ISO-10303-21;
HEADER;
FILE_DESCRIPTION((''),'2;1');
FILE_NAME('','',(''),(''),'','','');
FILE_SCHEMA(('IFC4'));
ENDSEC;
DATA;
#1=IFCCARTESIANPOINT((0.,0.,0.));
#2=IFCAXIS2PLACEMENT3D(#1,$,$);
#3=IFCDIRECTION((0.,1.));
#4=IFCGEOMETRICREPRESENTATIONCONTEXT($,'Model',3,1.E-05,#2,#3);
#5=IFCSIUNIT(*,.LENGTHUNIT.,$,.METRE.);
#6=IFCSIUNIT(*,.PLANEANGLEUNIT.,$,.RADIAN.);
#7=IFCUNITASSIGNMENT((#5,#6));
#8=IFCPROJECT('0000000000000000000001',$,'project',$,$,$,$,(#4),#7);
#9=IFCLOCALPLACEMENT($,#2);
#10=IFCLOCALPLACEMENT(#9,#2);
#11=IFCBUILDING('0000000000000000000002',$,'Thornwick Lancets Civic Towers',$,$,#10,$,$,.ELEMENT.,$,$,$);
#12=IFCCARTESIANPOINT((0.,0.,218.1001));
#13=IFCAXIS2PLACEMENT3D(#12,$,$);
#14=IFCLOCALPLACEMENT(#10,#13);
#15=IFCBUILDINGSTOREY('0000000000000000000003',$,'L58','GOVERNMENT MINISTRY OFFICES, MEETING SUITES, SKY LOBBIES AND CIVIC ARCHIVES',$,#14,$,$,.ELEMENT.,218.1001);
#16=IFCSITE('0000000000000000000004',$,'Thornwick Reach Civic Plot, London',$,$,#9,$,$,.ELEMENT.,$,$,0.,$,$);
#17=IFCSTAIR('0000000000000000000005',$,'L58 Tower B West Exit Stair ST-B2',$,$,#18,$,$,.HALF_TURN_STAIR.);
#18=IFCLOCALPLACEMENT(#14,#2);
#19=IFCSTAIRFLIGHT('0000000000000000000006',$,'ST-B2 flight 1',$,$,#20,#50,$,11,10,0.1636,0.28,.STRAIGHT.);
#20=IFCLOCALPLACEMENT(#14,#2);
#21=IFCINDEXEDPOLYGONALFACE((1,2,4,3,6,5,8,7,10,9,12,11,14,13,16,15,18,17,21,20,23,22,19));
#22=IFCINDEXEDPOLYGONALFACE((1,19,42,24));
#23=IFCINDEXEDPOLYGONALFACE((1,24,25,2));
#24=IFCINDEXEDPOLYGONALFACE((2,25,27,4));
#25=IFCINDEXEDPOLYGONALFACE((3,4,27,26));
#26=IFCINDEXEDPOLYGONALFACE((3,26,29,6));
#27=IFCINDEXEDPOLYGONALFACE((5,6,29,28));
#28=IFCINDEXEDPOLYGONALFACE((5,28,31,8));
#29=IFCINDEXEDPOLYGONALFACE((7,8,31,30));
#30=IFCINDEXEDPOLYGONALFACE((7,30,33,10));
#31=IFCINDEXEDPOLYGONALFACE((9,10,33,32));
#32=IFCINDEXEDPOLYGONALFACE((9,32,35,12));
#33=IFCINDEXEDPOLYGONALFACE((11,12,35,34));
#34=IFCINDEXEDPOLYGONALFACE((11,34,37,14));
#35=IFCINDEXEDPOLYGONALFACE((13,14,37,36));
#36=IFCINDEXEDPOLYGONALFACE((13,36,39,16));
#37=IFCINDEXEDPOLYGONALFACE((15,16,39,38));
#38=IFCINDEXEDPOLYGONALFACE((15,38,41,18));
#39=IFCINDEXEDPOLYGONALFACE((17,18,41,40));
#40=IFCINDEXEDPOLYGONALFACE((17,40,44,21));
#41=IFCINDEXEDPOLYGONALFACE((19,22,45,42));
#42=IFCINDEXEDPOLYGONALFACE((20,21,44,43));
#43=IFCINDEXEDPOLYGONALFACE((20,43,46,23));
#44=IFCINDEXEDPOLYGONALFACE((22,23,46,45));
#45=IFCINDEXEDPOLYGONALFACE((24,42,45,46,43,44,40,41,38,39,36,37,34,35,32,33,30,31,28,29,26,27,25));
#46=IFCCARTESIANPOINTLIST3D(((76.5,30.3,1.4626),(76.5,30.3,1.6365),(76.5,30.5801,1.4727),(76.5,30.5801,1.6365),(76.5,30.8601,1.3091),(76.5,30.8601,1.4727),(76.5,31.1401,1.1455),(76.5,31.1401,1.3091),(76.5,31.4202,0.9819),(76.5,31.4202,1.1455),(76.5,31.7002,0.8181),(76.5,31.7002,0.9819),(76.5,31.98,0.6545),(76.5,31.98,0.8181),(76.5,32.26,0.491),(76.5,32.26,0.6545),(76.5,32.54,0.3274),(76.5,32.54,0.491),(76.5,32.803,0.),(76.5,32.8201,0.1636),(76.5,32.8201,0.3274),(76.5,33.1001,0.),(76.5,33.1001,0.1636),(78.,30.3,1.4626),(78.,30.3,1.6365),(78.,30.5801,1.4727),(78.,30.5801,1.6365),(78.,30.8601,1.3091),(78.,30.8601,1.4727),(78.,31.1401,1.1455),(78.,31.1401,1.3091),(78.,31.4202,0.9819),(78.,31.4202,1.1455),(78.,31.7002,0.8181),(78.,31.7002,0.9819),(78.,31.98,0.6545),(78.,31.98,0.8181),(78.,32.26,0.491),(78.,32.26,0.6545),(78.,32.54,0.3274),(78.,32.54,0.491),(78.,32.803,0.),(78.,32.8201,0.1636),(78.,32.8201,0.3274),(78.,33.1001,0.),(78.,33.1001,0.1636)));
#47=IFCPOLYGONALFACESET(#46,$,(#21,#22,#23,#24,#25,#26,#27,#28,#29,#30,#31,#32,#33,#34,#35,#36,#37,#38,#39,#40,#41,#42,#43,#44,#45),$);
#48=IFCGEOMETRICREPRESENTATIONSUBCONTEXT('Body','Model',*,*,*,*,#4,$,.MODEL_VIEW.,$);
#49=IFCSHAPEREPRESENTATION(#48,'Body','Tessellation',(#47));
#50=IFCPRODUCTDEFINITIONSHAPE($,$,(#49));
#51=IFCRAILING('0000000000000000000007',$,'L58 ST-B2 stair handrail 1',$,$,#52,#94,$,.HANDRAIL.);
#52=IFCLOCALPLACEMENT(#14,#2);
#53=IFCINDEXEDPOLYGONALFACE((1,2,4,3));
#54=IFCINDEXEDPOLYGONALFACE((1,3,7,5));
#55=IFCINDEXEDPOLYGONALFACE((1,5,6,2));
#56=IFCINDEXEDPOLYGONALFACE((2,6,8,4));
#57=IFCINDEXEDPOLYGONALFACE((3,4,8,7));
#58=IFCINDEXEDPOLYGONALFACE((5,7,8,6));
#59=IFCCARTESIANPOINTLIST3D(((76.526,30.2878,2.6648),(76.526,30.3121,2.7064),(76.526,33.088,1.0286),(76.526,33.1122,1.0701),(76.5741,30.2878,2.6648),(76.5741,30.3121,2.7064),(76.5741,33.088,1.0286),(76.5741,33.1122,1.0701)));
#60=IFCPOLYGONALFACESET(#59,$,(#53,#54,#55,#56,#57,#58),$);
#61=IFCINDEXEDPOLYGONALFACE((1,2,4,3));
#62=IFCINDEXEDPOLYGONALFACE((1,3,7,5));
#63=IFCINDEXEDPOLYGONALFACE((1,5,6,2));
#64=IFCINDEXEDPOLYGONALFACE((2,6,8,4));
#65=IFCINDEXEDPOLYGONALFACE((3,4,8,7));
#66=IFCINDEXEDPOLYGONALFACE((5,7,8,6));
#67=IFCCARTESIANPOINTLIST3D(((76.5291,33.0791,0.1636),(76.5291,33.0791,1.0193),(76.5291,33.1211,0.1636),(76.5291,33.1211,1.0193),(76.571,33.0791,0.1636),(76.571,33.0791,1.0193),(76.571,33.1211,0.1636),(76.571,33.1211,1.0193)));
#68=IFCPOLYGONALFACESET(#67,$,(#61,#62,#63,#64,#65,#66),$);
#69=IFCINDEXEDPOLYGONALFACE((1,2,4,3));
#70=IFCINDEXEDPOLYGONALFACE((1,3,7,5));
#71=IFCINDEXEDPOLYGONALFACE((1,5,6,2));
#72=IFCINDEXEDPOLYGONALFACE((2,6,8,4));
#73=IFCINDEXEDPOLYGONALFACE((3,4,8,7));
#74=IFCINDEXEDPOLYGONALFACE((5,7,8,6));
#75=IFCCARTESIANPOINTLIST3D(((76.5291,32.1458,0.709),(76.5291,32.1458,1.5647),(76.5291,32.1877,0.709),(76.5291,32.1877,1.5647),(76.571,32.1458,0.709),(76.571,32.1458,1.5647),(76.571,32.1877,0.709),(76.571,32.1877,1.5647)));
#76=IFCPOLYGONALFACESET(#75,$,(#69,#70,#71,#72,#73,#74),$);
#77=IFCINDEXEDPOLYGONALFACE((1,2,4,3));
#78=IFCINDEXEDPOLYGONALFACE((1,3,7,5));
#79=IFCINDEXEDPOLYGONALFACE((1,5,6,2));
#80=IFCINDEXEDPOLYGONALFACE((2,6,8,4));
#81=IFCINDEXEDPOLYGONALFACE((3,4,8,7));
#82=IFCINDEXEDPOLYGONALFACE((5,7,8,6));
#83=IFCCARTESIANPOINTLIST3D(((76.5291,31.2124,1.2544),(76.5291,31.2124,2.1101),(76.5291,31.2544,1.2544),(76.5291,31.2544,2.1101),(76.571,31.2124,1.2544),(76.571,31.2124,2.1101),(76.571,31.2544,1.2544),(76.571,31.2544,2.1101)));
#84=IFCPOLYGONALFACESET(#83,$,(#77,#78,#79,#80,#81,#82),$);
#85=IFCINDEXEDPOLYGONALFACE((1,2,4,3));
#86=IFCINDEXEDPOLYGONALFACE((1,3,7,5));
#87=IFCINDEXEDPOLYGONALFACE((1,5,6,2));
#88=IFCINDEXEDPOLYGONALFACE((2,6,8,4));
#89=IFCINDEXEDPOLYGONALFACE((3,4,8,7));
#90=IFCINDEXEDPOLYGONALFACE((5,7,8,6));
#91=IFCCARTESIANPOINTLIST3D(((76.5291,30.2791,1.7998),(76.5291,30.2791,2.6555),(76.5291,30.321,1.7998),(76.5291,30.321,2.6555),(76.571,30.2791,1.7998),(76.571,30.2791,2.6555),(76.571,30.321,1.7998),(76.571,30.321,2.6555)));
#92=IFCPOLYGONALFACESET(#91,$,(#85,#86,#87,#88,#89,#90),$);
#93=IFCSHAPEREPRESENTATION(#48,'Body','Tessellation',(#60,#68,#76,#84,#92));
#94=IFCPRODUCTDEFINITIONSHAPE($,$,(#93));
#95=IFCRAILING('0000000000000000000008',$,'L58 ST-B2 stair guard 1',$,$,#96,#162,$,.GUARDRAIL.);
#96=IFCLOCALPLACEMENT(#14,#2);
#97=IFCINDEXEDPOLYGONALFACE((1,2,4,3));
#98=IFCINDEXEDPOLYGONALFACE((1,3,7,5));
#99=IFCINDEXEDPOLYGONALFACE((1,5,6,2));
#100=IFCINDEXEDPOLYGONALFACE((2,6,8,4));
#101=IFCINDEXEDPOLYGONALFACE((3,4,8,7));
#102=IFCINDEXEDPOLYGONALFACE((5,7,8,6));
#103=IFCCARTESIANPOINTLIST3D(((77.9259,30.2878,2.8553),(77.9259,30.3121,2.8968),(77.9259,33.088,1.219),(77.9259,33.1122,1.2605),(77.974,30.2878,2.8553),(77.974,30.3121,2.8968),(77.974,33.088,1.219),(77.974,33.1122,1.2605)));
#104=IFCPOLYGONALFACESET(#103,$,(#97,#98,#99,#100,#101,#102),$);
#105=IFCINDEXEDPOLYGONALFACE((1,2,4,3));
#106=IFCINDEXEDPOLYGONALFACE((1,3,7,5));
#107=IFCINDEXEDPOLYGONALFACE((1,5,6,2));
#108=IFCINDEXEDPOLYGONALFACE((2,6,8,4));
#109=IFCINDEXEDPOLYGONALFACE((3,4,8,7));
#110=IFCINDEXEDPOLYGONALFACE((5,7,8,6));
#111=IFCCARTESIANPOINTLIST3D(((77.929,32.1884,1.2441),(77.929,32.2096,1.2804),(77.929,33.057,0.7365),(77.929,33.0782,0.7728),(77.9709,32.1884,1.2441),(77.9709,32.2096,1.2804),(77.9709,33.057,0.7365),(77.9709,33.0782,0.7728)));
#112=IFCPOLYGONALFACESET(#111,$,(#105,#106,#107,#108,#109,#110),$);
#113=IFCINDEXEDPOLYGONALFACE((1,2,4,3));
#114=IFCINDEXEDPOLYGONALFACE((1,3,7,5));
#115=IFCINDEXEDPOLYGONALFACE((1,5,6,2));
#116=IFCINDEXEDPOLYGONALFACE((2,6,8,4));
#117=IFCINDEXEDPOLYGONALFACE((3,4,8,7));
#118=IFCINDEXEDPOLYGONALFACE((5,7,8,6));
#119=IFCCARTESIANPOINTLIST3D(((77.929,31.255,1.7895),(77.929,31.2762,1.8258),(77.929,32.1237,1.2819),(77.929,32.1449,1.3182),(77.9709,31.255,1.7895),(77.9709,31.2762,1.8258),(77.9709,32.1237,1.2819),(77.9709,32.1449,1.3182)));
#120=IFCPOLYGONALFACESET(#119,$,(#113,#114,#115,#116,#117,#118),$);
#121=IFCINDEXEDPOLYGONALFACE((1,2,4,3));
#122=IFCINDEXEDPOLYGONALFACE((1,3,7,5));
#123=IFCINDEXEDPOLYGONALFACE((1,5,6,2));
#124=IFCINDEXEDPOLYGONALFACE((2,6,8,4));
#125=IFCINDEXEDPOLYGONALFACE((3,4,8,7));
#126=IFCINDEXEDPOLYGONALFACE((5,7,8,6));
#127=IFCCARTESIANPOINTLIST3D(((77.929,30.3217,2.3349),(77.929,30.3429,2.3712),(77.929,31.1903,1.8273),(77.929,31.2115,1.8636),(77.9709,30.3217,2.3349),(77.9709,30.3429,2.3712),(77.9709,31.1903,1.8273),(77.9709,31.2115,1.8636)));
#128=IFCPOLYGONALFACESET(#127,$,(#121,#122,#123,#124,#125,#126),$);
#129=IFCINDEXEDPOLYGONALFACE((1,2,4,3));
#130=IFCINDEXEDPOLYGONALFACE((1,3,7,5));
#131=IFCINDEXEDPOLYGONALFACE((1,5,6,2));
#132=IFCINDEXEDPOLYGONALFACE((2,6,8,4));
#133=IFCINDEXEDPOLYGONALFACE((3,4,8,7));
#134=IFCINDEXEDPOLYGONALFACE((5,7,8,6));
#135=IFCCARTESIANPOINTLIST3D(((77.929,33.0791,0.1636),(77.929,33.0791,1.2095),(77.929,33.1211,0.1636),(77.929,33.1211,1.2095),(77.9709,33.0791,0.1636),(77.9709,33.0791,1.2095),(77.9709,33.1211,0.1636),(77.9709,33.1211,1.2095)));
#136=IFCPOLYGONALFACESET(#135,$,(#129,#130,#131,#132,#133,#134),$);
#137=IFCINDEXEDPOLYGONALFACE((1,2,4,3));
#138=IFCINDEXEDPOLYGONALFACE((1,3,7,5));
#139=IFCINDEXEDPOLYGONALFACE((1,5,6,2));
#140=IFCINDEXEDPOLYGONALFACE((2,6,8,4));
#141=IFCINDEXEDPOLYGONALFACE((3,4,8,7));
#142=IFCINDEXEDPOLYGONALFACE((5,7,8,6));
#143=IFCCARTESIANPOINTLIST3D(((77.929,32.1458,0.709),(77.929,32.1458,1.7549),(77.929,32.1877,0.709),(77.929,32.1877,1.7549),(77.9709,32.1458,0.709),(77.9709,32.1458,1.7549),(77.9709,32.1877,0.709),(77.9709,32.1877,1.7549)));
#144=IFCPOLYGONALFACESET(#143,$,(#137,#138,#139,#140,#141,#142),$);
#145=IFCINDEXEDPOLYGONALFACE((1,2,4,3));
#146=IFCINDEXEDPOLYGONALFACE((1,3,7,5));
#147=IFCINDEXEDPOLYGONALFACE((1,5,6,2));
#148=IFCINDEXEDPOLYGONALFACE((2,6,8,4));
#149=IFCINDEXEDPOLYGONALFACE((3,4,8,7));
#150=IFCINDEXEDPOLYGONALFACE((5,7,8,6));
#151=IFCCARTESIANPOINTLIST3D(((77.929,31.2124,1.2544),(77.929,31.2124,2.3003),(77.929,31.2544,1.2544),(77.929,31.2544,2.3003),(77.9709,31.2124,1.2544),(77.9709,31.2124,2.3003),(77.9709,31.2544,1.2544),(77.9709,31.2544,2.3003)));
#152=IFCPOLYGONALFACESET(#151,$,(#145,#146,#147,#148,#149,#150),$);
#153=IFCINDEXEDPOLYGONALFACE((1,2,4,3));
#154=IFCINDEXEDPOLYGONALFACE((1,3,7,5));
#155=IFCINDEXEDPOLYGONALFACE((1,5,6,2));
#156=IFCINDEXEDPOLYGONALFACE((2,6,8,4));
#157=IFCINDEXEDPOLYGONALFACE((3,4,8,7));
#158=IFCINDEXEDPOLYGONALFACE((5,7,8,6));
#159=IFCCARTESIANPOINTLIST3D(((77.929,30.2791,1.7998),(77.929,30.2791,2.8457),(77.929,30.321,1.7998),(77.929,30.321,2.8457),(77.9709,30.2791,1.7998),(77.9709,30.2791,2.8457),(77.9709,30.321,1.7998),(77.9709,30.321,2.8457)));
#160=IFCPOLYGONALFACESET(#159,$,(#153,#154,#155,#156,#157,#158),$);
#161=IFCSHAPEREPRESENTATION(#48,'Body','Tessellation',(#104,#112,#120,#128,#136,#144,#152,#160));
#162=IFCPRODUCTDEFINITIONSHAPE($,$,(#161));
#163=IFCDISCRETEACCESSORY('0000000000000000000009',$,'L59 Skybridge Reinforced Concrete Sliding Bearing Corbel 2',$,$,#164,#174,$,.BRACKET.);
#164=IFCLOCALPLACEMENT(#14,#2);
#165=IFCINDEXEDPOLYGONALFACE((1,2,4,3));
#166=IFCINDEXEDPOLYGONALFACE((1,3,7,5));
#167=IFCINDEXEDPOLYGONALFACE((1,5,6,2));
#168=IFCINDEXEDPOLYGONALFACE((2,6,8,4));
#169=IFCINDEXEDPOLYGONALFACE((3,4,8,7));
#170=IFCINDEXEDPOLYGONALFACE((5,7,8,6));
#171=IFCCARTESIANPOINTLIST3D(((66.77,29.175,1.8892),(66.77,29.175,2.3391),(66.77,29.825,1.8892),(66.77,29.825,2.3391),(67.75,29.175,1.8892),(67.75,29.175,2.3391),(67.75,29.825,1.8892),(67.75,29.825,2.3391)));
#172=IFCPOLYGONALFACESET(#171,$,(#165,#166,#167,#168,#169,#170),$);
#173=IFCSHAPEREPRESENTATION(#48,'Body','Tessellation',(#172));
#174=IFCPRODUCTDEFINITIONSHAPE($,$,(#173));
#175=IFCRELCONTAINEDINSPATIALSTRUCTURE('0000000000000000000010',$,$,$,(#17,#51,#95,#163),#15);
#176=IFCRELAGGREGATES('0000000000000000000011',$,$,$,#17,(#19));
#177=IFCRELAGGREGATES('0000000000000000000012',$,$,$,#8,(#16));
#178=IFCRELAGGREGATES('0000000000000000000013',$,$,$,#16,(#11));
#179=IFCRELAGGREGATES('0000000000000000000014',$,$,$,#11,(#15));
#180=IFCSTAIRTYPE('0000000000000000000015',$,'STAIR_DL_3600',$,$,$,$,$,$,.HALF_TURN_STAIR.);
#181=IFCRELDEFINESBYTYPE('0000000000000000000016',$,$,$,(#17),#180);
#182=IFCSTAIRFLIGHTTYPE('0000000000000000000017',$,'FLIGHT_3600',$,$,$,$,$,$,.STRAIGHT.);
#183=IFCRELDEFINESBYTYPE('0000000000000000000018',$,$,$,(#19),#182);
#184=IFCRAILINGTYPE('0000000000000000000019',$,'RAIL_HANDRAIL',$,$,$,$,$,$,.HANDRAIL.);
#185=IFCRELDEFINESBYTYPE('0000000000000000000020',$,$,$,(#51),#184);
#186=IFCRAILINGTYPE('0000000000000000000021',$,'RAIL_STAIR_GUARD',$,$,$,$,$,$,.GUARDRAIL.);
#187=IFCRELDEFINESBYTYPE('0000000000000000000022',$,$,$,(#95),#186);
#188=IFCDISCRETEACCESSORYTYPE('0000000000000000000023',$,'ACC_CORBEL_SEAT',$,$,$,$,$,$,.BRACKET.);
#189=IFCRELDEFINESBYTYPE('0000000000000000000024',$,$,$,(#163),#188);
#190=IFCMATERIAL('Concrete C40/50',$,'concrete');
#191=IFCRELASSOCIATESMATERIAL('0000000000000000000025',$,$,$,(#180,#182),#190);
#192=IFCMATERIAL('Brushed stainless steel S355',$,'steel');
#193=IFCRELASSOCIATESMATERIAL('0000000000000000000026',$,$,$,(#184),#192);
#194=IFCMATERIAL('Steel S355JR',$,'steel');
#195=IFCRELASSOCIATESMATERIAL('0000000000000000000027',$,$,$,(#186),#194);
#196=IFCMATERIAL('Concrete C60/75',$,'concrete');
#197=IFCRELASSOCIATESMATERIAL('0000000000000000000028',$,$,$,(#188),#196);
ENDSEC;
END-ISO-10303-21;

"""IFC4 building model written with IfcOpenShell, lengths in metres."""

from ifc_helpers import new_model, si_unit, direction, frame, origin, origin_2d, place, context, subcontext, project, spatial, polyline, rectangle, outline, extrude, material, type_object, element, aggregate, save


model = new_model("IFC4")

# Units and contexts
model_context = context("Model", 3, precision=1e-05, world=origin(), true_north=direction((0.0, 1.0)))
body_context = subcontext(model_context, "Body", "Model", "MODEL_VIEW")
ifc_project = project(units=[si_unit("LENGTHUNIT", "METRE"), si_unit("PLANEANGLEUNIT", "RADIAN")], contexts=[model_context])

# Site, building, storey
site_placement = place(None, origin())
site = spatial("IfcSite", under=ifc_project, at=site_placement, Name="Thornwick Reach Civic Plot, London", CompositionType="ELEMENT", RefElevation=0.0)
building_placement = place(site_placement, origin())
building = spatial("IfcBuilding", under=site, at=building_placement, Name="Thornwick Lancets Civic Towers", CompositionType="ELEMENT")
storey_placement = place(building_placement, frame((0.0, 0.0, 218.1001)))
storey = spatial("IfcBuildingStorey", under=building, at=storey_placement, Name="L58", Description="GOVERNMENT MINISTRY OFFICES, MEETING SUITES, SKY LOBBIES AND CIVIC ARCHIVES", CompositionType="ELEMENT", Elevation=218.1001)

# Shared definitions
ifc_material_1 = material(Name="Steel S355JR", Category="steel")

# Shared definitions
ifc_material_2 = material(Name="Concrete C60/75", Category="concrete")
ifc_material_3 = material(Name="Concrete C40/50", Category="concrete")

# Stair, stair flight
stair_type = type_object("IfcStairType", Name="STAIR_DL_3600", PredefinedType="HALF_TURN_STAIR", material=ifc_material_3)
stair_placement = place(storey_placement, origin())
stair = element("IfcStair", 1, at=stair_placement, inside=storey, type_object=stair_type, Name="L58 Tower B West Exit Stair ST-B2", PredefinedType="HALF_TURN_STAIR")
stair_flight_type = type_object("IfcStairFlightType", Name="FLIGHT_3600", PredefinedType="STRAIGHT", material=ifc_material_3)
stair_flight_placement = place(storey_placement, frame((77.25, 33.1001, 0.0), z_axis=(0.0, 0.0, 1.0), x_axis=(0.0, -1.0, 0.0)))
stair_flight = element("IfcStairFlight", 2, at=stair_flight_placement, type_object=stair_flight_type, Name="ST-B2 flight 1", NumberOfRisers=11, NumberOfTreads=10, PredefinedType="STRAIGHT", RiserHeight=0.1636, TreadLength=0.28, context=body_context, shape_type="SweptSolid", body=[
    extrude(outline(polyline([(0.0, 0.0), (0.0, 0.1636), (0.28, 0.1636), (0.28, 0.3274), (0.5601, 0.3274), (0.5601, 0.491), (0.8401, 0.491), (0.8401, 0.6545), (1.1201, 0.6545), (1.1201, 0.8181), (1.3999, 0.8181), (1.3999, 0.9819), (1.6799, 0.9819), (1.6799, 1.1455), (1.96, 1.1455), (1.96, 1.3091), (2.24, 1.3091), (2.24, 1.4727), (2.52, 1.4727), (2.52, 1.6365), (2.8, 1.6365), (2.8, 1.8), (2.8, 1.4626), (0.2971, 0.0), (0.0, 0.0)])), frame((0.0, 0.75, 0.0), z_axis=(0.0, -1.0, 0.0), x_axis=(1.0, 0.0, 0.0)), (0.0, 0.0, 1.0), 1.5),
])
aggregate(stair, [stair_flight])

# Railings
ifc_material_4 = material(Name="Brushed stainless steel S355", Category="steel")
railing_type_1 = type_object("IfcRailingType", Name="RAIL_HANDRAIL", PredefinedType="HANDRAIL", material=ifc_material_4)
railing_1_placement = place(storey_placement, frame((76.55, 33.1001, 0.1636)))
element("IfcRailing", 3, at=railing_1_placement, inside=storey, type_object=railing_type_1, Name="L58 ST-B2 stair handrail 1", PredefinedType="HANDRAIL", context=body_context, shape_type="SweptSolid", body=[
    extrude(rectangle(XDim=0.0481, YDim=0.0481, at=origin_2d()), frame((0.0, 0.0, 0.8857), z_axis=(0.0, -0.863394, 0.504531), x_axis=(1.0, 0.0, 0.0)), (0.0, 0.0, 1.0), 3.2432),
    extrude(rectangle(XDim=0.042, YDim=0.042, at=origin_2d()), origin(), (0.0, 0.0, 1.0), 0.8557),
    extrude(rectangle(XDim=0.042, YDim=0.042, at=origin_2d()), frame((0.0, -0.9333, 0.5454)), (0.0, 0.0, 1.0), 0.8557),
    extrude(rectangle(XDim=0.042, YDim=0.042, at=origin_2d()), frame((0.0, -1.8667, 1.0908)), (0.0, 0.0, 1.0), 0.8557),
    extrude(rectangle(XDim=0.042, YDim=0.042, at=origin_2d()), frame((0.0, -2.8, 1.6362)), (0.0, 0.0, 1.0), 0.8557),
])
railing_type_2 = type_object("IfcRailingType", Name="RAIL_STAIR_GUARD", PredefinedType="GUARDRAIL", material=ifc_material_1)
railing_2_placement = place(storey_placement, frame((77.95, 33.1001, 0.1636)))
element("IfcRailing", 4, at=railing_2_placement, inside=storey, type_object=railing_type_2, Name="L58 ST-B2 stair guard 1", PredefinedType="GUARDRAIL", context=body_context, shape_type="SweptSolid", body=[
    extrude(rectangle(XDim=0.0481, YDim=0.0481, at=origin_2d()), frame((0.0, 0.0, 1.0762), z_axis=(0.0, -0.863394, 0.504531), x_axis=(1.0, 0.0, 0.0)), (0.0, 0.0, 1.0), 3.2432),
    extrude(rectangle(XDim=0.042, YDim=0.042, at=origin_2d()), frame((0.0, -0.0325, 0.5911), z_axis=(0.0, -0.863394, 0.504531), x_axis=(1.0, 0.0, 0.0)), (0.0, 0.0, 1.0), 1.0061),
    extrude(rectangle(XDim=0.042, YDim=0.042, at=origin_2d()), frame((0.0, -0.9658, 1.1365), z_axis=(0.0, -0.863394, 0.504531), x_axis=(1.0, 0.0, 0.0)), (0.0, 0.0, 1.0), 1.0061),
    extrude(rectangle(XDim=0.042, YDim=0.042, at=origin_2d()), frame((0.0, -1.8992, 1.6819), z_axis=(0.0, -0.863394, 0.504531), x_axis=(1.0, 0.0, 0.0)), (0.0, 0.0, 1.0), 1.0061),
    extrude(rectangle(XDim=0.042, YDim=0.042, at=origin_2d()), origin(), (0.0, 0.0, 1.0), 1.0459),
    extrude(rectangle(XDim=0.042, YDim=0.042, at=origin_2d()), frame((0.0, -0.9333, 0.5454)), (0.0, 0.0, 1.0), 1.0459),
    extrude(rectangle(XDim=0.042, YDim=0.042, at=origin_2d()), frame((0.0, -1.8667, 1.0908)), (0.0, 0.0, 1.0), 1.0459),
    extrude(rectangle(XDim=0.042, YDim=0.042, at=origin_2d()), frame((0.0, -2.8, 1.6362)), (0.0, 0.0, 1.0), 1.0459),
])

# Discrete accessory
discrete_accessory_type = type_object("IfcDiscreteAccessoryType", Name="ACC_CORBEL_SEAT", PredefinedType="BRACKET", material=ifc_material_2)
discrete_accessory_placement = place(storey_placement, frame((67.26, 29.5, 1.8892), z_axis=(0.0, 0.0, 1.0), x_axis=(1.0, 0.0, 0.0)))
element("IfcDiscreteAccessory", 5, at=discrete_accessory_placement, inside=storey, type_object=discrete_accessory_type, Name="L59 Skybridge Reinforced Concrete Sliding Bearing Corbel 2", PredefinedType="BRACKET", context=body_context, shape_type="SweptSolid", body=[
    extrude(rectangle(XDim=0.98, YDim=0.6499, at=origin_2d()), origin(), (0.0, 0.0, 1.0), 0.45),
])

save(model, "model.ifc")
